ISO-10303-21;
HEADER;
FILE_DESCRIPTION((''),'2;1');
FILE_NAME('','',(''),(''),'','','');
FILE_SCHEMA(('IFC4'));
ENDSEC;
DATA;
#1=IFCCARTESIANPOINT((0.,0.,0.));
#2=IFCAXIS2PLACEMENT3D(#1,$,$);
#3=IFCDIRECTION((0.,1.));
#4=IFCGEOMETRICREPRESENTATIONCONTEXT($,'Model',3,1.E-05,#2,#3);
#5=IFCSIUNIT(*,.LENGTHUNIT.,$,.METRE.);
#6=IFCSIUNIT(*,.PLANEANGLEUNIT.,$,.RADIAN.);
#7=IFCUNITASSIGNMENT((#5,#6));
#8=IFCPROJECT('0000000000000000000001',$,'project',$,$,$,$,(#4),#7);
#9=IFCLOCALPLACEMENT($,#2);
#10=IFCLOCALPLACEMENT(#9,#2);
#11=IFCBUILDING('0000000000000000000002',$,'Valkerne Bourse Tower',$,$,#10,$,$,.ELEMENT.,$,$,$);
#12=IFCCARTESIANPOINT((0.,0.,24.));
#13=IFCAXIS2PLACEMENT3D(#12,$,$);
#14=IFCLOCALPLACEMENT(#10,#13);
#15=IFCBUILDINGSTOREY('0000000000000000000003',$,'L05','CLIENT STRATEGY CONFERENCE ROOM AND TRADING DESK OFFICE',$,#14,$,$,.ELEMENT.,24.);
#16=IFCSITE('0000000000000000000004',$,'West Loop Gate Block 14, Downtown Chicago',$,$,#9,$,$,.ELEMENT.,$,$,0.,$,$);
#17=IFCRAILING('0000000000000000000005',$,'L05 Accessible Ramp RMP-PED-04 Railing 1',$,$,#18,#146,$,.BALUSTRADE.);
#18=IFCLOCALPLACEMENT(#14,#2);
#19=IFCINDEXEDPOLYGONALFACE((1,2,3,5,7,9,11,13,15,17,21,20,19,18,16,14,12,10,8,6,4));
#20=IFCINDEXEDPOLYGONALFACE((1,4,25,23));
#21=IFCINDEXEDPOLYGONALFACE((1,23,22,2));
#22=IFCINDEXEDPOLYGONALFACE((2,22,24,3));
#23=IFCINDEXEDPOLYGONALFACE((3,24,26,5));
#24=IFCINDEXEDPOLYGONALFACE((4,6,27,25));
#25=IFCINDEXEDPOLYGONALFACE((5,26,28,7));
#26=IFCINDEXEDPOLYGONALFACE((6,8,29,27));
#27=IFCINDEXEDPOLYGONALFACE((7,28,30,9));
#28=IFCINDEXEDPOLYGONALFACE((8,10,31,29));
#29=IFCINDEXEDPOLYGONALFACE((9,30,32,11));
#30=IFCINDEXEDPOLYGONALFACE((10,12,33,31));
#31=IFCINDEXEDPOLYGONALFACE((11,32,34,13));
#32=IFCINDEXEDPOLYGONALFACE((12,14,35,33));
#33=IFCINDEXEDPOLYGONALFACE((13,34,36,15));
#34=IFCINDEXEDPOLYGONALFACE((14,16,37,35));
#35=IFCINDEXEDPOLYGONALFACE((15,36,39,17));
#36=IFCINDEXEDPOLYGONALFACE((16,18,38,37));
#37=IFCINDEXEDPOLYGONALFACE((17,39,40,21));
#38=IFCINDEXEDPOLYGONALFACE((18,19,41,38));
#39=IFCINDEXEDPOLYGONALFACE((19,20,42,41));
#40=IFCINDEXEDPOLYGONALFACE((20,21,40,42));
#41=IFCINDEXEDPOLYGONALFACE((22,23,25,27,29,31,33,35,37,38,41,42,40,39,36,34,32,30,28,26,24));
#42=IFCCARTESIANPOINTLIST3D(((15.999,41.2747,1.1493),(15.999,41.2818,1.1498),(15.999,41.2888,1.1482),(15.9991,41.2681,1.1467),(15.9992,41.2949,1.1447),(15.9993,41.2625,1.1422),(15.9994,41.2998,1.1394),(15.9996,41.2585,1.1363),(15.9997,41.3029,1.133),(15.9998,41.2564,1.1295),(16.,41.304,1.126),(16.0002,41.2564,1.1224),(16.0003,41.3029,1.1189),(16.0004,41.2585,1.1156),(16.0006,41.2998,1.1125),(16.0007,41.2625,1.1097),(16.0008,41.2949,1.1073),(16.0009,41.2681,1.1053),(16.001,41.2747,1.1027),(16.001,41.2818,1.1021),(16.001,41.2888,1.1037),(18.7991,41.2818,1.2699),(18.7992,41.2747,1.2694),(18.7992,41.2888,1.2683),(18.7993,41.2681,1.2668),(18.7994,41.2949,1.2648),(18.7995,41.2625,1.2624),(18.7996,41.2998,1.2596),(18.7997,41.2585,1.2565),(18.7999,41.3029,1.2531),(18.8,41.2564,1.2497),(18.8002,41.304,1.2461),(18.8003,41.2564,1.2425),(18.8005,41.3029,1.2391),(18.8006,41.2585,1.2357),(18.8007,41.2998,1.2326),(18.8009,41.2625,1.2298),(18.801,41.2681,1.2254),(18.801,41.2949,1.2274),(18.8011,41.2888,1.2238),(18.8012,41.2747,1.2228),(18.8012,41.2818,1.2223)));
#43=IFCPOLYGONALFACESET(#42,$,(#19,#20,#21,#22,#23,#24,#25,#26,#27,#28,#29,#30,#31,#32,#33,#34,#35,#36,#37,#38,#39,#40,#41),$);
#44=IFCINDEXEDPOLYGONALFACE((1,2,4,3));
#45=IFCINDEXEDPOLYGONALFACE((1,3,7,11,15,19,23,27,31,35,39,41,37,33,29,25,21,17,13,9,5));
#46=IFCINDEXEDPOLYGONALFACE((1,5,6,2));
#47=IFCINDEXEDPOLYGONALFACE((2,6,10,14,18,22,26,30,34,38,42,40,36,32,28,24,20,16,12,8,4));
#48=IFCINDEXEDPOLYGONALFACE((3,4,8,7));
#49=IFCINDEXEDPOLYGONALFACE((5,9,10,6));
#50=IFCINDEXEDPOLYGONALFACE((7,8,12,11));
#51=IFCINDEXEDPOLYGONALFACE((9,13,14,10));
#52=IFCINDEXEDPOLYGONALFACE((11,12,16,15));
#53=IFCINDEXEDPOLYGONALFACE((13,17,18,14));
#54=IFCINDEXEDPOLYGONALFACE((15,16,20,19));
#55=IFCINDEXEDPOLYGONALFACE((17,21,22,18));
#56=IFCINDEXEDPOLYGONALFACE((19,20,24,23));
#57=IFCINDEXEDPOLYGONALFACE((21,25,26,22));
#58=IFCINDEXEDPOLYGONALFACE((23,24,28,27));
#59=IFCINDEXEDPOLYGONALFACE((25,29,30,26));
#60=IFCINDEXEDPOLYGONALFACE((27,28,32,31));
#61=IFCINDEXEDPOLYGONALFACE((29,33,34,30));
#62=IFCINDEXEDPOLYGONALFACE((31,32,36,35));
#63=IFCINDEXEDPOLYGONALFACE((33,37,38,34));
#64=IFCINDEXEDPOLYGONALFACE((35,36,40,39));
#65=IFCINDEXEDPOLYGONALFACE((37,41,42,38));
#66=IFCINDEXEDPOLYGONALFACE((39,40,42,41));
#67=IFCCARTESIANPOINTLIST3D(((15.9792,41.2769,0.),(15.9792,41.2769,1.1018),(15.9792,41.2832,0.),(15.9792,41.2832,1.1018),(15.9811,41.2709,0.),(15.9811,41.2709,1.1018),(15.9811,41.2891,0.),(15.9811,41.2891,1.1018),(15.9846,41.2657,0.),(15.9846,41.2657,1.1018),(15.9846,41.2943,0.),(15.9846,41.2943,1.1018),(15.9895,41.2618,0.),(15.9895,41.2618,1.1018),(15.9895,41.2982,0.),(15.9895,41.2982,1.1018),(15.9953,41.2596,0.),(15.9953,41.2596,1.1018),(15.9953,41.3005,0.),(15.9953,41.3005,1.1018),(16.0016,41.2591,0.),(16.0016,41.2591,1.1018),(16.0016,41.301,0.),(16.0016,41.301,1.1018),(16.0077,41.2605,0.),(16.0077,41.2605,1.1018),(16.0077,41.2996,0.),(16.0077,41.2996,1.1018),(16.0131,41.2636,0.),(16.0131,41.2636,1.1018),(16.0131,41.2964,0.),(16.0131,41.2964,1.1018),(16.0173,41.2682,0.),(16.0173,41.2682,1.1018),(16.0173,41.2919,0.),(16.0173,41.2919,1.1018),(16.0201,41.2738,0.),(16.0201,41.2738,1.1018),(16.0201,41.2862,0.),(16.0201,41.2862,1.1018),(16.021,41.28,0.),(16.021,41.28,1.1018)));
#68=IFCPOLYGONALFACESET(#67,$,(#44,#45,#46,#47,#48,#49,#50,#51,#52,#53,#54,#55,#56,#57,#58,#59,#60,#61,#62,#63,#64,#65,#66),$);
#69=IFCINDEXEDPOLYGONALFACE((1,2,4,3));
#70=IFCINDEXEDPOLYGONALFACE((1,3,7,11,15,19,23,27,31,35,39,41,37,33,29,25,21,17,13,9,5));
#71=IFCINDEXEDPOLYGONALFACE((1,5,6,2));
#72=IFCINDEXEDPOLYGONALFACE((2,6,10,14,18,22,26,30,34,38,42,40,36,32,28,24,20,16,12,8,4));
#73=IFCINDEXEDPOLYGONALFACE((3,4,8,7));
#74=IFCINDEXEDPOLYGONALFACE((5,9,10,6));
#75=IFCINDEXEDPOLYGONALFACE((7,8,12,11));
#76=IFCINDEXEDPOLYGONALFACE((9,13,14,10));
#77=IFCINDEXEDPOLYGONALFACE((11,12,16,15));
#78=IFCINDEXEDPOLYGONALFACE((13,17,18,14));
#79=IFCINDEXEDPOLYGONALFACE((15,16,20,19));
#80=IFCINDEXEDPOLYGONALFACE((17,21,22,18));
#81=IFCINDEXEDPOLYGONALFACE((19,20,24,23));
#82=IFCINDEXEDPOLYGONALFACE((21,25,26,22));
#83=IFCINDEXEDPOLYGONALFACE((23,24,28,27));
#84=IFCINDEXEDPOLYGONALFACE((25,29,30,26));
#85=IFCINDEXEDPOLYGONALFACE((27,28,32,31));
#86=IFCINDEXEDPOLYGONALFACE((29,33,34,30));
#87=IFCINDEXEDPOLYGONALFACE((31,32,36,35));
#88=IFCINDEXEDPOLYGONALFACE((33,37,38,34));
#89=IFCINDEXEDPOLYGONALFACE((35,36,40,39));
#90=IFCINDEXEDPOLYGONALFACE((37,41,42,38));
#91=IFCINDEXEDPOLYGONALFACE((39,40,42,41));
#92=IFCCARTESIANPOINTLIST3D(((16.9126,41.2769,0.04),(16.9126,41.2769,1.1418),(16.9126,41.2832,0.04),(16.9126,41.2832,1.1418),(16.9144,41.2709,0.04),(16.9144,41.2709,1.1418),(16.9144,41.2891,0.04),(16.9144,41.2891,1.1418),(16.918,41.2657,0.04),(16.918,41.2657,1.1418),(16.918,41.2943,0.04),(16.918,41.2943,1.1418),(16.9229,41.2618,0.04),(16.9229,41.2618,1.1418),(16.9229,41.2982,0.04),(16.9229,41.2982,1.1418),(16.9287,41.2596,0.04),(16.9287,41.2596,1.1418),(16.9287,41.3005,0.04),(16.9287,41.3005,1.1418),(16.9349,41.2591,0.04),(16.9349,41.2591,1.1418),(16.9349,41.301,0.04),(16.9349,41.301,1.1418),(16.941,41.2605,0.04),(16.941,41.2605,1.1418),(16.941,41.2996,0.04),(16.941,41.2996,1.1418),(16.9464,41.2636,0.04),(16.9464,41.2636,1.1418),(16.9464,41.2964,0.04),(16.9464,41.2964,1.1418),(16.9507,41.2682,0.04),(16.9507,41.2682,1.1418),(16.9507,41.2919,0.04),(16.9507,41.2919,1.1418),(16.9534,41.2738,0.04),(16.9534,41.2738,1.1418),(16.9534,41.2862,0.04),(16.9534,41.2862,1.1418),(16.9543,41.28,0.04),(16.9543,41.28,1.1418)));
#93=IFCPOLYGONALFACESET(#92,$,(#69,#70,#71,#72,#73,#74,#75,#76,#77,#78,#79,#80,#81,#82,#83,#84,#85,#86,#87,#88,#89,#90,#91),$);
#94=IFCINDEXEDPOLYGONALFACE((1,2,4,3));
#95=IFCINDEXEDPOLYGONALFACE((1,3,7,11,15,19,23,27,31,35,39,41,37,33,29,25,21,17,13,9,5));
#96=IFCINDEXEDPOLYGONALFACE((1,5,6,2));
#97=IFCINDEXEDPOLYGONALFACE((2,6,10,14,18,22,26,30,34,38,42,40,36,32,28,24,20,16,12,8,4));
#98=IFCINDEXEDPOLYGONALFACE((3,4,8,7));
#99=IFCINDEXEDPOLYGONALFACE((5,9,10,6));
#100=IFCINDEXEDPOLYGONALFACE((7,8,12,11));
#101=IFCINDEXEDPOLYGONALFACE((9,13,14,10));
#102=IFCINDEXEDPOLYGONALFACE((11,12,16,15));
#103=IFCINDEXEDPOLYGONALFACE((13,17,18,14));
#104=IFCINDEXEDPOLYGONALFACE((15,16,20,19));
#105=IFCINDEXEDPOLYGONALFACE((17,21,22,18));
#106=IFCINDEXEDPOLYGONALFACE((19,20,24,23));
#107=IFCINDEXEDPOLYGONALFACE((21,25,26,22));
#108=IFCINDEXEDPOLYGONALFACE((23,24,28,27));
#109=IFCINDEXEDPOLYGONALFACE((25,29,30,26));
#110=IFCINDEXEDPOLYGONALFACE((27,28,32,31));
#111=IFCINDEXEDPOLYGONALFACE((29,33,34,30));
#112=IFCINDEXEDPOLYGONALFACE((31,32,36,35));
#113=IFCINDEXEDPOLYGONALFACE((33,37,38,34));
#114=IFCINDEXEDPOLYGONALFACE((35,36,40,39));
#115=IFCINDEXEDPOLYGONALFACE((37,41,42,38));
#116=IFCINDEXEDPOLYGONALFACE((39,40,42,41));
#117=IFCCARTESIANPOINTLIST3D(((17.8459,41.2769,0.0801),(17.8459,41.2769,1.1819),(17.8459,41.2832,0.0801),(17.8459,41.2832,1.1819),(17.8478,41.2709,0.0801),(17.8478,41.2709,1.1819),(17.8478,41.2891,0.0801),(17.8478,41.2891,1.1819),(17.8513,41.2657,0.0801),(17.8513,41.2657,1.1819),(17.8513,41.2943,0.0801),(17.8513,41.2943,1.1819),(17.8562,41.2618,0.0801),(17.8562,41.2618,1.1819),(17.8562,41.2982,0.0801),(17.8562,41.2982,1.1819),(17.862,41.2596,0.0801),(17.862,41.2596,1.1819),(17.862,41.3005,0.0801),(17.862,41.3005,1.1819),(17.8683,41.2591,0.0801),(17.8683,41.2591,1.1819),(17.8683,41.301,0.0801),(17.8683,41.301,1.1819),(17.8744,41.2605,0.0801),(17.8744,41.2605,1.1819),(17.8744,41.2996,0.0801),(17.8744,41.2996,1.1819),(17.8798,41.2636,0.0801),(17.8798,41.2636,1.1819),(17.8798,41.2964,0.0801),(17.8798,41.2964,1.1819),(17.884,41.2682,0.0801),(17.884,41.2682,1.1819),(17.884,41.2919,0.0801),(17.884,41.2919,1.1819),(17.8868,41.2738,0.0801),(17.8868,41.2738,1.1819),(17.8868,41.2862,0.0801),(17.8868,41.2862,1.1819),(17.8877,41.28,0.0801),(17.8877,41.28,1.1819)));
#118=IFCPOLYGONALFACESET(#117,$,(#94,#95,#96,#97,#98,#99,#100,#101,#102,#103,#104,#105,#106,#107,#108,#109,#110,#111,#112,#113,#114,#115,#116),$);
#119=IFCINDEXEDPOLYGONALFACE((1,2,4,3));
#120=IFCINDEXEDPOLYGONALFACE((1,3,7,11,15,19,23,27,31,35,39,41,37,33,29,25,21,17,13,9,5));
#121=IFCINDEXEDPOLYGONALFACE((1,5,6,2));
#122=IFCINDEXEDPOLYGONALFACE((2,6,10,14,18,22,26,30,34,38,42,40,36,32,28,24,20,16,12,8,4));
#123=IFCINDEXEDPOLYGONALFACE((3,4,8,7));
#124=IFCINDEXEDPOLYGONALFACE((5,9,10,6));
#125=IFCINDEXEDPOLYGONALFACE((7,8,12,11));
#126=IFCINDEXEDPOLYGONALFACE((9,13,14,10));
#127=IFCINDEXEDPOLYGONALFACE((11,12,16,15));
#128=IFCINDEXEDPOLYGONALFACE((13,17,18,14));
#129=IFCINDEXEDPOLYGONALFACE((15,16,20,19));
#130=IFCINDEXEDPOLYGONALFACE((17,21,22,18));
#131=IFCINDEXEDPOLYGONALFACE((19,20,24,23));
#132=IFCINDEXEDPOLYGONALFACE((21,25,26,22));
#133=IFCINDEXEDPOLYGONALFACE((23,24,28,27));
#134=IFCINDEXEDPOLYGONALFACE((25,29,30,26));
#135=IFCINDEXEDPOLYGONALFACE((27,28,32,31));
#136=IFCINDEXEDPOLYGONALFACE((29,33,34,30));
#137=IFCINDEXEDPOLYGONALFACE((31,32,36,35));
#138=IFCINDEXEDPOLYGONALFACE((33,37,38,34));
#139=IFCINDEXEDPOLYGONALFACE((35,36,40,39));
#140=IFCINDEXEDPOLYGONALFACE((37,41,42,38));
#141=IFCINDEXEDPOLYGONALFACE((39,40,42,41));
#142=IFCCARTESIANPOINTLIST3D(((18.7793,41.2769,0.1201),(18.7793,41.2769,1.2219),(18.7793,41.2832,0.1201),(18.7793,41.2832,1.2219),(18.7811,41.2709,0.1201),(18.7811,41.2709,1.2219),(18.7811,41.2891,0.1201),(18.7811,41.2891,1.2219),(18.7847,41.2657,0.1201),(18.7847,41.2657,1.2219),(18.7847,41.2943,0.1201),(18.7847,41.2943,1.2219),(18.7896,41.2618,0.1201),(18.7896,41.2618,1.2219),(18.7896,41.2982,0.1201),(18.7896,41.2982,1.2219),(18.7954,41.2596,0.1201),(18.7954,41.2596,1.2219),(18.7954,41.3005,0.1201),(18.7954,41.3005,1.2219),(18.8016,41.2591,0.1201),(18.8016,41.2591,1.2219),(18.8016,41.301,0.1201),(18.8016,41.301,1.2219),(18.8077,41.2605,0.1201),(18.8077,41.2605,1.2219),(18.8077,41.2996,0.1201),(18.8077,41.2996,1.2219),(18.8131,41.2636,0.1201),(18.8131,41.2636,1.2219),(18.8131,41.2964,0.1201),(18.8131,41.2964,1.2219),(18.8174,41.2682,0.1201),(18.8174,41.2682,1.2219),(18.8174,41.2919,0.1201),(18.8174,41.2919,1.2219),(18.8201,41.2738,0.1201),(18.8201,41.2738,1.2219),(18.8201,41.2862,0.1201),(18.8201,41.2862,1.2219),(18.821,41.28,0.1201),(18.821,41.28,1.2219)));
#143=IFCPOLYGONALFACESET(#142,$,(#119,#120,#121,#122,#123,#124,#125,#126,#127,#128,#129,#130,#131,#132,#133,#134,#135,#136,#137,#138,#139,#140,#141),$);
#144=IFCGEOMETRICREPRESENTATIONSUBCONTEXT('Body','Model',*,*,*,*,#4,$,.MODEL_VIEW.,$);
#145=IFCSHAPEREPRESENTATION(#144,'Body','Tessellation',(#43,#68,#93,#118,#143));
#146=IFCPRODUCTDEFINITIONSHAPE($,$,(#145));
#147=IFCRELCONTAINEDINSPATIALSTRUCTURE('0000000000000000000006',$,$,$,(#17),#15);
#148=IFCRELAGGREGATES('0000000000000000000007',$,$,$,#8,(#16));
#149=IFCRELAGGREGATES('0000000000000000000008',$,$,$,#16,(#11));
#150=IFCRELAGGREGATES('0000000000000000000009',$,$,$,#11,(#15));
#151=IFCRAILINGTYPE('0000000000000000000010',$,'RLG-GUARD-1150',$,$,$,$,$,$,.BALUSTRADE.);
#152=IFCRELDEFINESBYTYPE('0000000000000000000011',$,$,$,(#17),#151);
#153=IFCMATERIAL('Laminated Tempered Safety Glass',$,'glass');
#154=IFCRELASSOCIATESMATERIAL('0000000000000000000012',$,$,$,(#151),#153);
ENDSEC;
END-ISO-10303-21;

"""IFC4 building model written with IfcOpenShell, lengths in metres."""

from ifc_helpers import new_model, si_unit, direction, frame, origin, origin_2d, place, context, subcontext, project, spatial, circle, extrude, material, type_object, element, save


model = new_model("IFC4")

# Units and contexts
model_context = context("Model", 3, precision=1e-05, world=origin(), true_north=direction((0.0, 1.0)))
body_context = subcontext(model_context, "Body", "Model", "MODEL_VIEW")
ifc_project = project(units=[si_unit("LENGTHUNIT", "METRE"), si_unit("PLANEANGLEUNIT", "RADIAN")], contexts=[model_context])

# Site, building, storey
site_placement = place(None, origin())
site = spatial("IfcSite", under=ifc_project, at=site_placement, Name="West Loop Gate Block 14, Downtown Chicago", CompositionType="ELEMENT", RefElevation=0.0)
building_placement = place(site_placement, origin())
building = spatial("IfcBuilding", under=site, at=building_placement, Name="Valkerne Bourse Tower", CompositionType="ELEMENT")
storey_placement = place(building_placement, frame((0.0, 0.0, 24.0)))
storey = spatial("IfcBuildingStorey", under=building, at=storey_placement, Name="L05", Description="CLIENT STRATEGY CONFERENCE ROOM AND TRADING DESK OFFICE", CompositionType="ELEMENT", Elevation=24.0)

# Railing
ifc_material_1 = material(Name="Laminated Tempered Safety Glass", Category="glass")
railing_type_1 = type_object("IfcRailingType", Name="RLG-GUARD-1150", PredefinedType="BALUSTRADE", material=ifc_material_1)
for number, where, name in (
    (1, (16.0, 41.28, 0.0), "L05 Accessible Ramp RMP-PED-04 Railing 1"),
):
    element("IfcRailing", number, at=place(storey_placement, frame(where)), inside=storey, type_object=railing_type_1, Name=name, PredefinedType="BALUSTRADE", context=body_context, shape_type="SweptSolid", body=[
        extrude(circle(Radius=0.0239, at=origin_2d()), frame((0.0, 0.0, 1.126), z_axis=(0.999081, 0.0, 0.042859), x_axis=(0.0, 1.0, 0.0)), (0.0, 0.0, 1.0), 2.8027),
        extrude(circle(Radius=0.021, at=origin_2d()), origin(), (0.0, 0.0, 1.0), 1.1018),
        extrude(circle(Radius=0.021, at=origin_2d()), frame((0.9333, 0.0, 0.04)), (0.0, 0.0, 1.0), 1.1018),
        extrude(circle(Radius=0.021, at=origin_2d()), frame((1.8667, 0.0, 0.0801)), (0.0, 0.0, 1.0), 1.1018),
        extrude(circle(Radius=0.021, at=origin_2d()), frame((2.8, 0.0, 0.1201)), (0.0, 0.0, 1.0), 1.1018),
    ])

save(model, "model.ifc")
